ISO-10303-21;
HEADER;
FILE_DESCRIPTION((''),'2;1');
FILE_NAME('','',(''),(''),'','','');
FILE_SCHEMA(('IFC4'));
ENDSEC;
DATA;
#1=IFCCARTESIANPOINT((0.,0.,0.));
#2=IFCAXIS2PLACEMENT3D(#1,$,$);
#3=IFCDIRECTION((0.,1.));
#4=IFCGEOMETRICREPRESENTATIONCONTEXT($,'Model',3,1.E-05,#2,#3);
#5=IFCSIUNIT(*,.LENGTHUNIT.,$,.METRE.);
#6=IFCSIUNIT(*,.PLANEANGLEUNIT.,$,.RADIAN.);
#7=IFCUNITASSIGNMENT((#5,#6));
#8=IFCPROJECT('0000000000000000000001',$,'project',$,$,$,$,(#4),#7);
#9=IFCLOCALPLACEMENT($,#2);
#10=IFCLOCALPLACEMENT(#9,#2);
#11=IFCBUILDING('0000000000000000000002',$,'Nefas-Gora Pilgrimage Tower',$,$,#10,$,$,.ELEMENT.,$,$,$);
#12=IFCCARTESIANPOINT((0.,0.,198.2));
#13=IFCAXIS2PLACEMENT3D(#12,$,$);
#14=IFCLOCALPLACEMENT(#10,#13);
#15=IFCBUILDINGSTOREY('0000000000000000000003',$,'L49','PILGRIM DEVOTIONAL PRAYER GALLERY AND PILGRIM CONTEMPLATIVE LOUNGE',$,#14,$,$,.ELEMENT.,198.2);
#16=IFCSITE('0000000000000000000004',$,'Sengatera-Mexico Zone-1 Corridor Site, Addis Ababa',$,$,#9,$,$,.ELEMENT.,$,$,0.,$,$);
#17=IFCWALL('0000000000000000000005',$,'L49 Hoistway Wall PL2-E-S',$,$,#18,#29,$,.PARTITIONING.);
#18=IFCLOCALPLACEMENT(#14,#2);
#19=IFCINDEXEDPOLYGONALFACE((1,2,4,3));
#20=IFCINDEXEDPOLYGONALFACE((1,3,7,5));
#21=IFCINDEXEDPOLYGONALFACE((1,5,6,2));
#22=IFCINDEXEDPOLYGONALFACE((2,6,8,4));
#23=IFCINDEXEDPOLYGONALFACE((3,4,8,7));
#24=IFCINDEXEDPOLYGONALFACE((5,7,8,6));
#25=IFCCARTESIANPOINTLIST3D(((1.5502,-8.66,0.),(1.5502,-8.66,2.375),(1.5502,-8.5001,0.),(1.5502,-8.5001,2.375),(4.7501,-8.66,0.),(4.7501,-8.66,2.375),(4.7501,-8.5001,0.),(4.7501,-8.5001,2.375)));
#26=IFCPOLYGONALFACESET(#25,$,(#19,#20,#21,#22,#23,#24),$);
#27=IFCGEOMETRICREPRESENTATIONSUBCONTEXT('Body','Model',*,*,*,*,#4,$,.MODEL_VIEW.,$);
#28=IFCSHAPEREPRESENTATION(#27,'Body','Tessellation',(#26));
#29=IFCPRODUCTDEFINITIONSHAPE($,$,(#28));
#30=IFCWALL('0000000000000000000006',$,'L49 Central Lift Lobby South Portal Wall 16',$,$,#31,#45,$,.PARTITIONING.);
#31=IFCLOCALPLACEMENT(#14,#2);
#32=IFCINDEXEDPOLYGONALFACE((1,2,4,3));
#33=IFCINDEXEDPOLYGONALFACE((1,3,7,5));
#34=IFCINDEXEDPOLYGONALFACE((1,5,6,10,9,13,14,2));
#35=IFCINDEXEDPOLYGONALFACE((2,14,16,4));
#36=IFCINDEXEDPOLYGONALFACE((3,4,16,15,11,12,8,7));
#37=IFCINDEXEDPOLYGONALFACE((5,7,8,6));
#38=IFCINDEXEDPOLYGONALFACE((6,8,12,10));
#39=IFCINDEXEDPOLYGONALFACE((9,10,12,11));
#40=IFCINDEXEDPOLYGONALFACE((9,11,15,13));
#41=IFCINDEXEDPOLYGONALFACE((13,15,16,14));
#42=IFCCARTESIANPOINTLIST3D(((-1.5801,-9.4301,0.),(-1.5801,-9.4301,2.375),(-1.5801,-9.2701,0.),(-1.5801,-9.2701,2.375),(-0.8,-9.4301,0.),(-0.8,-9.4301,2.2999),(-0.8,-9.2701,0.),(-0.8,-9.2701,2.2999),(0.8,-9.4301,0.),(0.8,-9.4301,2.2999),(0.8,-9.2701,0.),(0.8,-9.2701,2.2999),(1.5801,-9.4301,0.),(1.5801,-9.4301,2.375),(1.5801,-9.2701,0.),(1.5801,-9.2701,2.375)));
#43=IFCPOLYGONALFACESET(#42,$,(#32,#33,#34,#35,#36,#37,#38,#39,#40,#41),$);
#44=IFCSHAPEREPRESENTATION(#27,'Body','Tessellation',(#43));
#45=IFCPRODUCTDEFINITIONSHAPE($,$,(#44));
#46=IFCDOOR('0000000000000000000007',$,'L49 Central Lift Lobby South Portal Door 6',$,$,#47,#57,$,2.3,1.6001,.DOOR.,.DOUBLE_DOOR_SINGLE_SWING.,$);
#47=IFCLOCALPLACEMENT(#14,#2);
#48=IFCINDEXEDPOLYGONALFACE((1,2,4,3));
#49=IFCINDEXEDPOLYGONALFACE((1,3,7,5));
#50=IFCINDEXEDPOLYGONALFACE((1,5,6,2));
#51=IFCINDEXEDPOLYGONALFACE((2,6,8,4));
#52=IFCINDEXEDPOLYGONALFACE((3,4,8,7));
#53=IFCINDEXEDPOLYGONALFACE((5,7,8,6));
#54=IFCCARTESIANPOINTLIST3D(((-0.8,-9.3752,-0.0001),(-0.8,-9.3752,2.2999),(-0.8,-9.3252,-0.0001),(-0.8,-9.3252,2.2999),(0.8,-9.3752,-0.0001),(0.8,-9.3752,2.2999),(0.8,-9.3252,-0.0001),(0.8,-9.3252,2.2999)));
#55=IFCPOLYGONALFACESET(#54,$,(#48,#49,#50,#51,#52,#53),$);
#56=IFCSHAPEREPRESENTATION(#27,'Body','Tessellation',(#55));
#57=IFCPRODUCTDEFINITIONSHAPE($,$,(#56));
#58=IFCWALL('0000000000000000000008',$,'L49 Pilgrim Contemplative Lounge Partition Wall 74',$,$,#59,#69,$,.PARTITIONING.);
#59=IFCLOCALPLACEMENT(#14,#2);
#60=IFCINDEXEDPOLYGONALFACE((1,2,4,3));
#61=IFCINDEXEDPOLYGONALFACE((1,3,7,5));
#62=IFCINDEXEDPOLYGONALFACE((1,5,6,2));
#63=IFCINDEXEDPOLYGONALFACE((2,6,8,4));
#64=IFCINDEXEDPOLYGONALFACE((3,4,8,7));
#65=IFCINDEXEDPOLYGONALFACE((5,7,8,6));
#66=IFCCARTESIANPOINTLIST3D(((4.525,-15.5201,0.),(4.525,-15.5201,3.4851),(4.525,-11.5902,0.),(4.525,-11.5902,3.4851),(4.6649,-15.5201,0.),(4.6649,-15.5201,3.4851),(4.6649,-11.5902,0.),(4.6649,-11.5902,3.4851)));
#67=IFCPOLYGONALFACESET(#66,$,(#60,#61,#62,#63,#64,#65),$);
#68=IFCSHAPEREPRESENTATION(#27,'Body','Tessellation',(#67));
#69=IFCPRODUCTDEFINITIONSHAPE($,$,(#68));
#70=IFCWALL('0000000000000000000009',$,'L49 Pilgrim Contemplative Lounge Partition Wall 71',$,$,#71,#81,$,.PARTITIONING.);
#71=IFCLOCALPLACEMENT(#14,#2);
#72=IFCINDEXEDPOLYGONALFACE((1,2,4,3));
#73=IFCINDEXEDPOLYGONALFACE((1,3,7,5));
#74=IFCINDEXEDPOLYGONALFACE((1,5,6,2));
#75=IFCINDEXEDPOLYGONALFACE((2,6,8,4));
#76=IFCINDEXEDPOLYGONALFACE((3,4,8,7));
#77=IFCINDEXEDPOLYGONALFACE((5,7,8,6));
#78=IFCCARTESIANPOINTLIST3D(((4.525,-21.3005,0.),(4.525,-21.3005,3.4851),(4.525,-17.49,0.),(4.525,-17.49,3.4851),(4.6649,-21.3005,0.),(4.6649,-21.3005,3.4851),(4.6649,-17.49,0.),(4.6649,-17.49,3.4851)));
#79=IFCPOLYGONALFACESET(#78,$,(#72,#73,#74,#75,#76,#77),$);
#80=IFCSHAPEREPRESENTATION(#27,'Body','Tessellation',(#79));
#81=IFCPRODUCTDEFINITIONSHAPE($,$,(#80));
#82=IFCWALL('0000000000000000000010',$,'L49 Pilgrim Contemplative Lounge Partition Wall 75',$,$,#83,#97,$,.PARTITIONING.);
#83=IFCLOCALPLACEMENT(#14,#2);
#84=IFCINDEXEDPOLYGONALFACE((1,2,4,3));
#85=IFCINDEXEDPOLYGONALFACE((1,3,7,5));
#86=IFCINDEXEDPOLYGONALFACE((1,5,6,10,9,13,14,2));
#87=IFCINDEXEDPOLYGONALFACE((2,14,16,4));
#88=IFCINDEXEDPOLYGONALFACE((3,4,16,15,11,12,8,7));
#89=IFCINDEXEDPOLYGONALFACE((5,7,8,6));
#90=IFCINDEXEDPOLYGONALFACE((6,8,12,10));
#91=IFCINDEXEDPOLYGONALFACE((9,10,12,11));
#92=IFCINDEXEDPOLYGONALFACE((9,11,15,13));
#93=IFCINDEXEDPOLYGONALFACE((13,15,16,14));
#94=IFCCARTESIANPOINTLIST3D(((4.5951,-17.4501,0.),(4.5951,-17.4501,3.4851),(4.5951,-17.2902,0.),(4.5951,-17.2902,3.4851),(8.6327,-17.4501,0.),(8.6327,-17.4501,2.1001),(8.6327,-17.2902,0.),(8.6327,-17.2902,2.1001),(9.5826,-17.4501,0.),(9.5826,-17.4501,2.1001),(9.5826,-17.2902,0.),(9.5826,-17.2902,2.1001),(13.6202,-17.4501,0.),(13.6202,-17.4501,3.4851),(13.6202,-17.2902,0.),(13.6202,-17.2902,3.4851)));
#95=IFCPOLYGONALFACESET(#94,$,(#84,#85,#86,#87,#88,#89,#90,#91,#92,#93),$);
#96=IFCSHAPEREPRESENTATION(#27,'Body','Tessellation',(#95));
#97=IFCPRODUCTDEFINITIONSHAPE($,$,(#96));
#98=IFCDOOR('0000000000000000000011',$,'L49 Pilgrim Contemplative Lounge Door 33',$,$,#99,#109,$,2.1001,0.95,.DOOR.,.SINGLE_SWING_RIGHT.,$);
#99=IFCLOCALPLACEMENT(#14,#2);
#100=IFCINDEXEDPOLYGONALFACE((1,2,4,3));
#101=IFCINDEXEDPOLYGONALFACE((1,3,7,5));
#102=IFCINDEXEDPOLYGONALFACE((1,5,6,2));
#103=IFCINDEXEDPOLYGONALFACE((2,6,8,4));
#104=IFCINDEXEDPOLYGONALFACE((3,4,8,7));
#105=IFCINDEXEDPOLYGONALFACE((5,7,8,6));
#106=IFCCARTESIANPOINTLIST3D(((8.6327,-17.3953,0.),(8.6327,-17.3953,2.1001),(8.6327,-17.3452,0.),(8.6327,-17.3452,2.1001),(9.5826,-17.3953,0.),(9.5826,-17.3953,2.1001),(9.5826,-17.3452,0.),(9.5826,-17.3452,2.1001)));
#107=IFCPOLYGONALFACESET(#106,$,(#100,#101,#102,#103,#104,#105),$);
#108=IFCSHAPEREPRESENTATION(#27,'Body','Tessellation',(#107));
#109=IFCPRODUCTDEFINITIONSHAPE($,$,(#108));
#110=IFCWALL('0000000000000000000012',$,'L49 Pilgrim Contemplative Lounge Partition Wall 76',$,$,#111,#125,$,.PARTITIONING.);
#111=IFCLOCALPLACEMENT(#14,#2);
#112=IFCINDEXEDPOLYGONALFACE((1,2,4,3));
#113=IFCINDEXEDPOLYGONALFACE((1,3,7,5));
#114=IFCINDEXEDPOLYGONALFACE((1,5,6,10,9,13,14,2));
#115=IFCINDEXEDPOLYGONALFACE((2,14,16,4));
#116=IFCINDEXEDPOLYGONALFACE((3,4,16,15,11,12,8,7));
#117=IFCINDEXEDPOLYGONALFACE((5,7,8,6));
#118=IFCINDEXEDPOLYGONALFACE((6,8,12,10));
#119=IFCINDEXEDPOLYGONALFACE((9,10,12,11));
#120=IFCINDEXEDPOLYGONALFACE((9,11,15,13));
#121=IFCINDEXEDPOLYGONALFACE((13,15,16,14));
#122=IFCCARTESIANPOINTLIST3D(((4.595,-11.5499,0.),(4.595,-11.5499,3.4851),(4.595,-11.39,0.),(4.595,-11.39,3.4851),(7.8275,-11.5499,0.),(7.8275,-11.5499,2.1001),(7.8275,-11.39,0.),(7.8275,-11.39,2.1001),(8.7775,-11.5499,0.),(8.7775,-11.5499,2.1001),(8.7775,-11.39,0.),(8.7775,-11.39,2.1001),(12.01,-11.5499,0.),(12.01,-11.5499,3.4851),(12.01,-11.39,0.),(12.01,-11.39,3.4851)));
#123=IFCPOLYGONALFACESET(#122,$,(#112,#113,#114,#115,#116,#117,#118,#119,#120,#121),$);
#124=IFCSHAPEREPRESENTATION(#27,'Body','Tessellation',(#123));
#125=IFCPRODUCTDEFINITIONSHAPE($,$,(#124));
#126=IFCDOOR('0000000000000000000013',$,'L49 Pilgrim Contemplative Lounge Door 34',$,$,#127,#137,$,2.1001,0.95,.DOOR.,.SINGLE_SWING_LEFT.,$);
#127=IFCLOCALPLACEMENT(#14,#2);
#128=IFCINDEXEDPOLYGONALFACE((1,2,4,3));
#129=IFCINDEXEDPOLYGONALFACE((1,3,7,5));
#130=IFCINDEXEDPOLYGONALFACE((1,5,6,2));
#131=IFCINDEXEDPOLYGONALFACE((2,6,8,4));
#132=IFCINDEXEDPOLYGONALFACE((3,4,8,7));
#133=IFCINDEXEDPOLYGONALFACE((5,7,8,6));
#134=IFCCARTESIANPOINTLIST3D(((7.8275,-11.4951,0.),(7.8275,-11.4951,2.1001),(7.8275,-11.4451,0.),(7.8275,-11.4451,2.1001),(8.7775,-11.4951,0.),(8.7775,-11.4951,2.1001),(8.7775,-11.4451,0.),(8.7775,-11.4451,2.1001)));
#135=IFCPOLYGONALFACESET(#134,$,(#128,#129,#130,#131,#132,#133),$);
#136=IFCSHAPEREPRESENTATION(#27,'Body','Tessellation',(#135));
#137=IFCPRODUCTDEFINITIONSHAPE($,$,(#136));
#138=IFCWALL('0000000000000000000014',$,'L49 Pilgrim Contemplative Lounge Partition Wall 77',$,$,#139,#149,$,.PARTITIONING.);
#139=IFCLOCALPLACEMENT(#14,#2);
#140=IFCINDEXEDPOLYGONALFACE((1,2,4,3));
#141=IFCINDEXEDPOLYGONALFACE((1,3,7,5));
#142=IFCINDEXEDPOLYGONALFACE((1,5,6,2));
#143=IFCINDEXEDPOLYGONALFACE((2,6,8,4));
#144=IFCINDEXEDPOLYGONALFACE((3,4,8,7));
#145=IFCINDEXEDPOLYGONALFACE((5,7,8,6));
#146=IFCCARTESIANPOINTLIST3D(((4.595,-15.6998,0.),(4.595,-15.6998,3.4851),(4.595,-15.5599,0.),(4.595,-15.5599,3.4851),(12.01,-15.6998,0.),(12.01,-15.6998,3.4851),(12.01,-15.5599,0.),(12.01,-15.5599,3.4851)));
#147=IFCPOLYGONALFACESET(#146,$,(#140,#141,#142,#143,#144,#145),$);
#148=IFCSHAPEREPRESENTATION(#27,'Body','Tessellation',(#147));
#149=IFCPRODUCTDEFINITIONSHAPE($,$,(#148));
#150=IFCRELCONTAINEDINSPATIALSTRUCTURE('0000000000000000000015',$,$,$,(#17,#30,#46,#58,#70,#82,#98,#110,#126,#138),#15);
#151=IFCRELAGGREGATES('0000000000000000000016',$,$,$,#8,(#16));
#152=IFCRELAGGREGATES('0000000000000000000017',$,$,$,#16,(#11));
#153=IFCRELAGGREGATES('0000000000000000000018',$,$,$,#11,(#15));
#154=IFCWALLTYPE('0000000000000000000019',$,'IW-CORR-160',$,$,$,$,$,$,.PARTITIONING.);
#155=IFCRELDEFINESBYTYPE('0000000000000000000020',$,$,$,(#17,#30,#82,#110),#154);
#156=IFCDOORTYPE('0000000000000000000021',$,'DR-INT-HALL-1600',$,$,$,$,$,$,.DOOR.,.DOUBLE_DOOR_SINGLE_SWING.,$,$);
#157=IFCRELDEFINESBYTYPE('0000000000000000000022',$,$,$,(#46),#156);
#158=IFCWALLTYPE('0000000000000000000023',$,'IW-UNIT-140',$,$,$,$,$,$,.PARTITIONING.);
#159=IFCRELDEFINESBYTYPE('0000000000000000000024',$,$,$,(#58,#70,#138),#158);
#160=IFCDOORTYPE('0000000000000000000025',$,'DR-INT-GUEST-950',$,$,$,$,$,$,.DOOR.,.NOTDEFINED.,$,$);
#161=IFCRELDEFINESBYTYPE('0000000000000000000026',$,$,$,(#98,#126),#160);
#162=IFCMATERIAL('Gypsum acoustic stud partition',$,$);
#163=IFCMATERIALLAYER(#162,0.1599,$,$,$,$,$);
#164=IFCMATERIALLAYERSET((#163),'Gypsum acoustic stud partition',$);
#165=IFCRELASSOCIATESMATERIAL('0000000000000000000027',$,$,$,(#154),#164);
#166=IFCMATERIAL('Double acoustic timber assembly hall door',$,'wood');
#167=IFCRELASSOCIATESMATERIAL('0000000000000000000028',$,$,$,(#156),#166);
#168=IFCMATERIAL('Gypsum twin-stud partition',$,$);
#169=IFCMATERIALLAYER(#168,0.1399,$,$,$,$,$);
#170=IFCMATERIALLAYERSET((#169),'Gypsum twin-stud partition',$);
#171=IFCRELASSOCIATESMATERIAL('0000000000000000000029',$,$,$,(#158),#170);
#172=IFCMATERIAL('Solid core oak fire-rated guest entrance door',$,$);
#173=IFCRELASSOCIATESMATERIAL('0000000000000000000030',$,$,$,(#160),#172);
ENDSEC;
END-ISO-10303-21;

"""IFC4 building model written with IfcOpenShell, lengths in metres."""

from ifc_helpers import new_model, si_unit, direction, frame, frame_2d, origin, place, context, subcontext, project, spatial, rectangle, extrude, source, transform, mapped, material, layer, layer_set, type_object, element, fill, save


model = new_model("IFC4")

# Units and contexts
model_context = context("Model", 3, precision=1e-05, world=origin(), true_north=direction((0.0, 1.0)))
body_context = subcontext(model_context, "Body", "Model", "MODEL_VIEW")
ifc_project = project(units=[si_unit("LENGTHUNIT", "METRE"), si_unit("PLANEANGLEUNIT", "RADIAN")], contexts=[model_context])

# Site, building, storey
site_placement = place(None, origin())
site = spatial("IfcSite", under=ifc_project, at=site_placement, Name="Sengatera-Mexico Zone-1 Corridor Site, Addis Ababa", CompositionType="ELEMENT", RefElevation=0.0)
building_placement = place(site_placement, origin())
building = spatial("IfcBuilding", under=site, at=building_placement, Name="Nefas-Gora Pilgrimage Tower", CompositionType="ELEMENT")
storey_placement = place(building_placement, frame((0.0, 0.0, 198.2)))
storey = spatial("IfcBuildingStorey", under=building, at=storey_placement, Name="L49", Description="PILGRIM DEVOTIONAL PRAYER GALLERY AND PILGRIM CONTEMPLATIVE LOUNGE", CompositionType="ELEMENT", Elevation=198.2)

# Wall
ifc_material_1 = material(Name="Gypsum acoustic stud partition")
ifc_layer_1 = layer(ifc_material_1, 0.1599)
ifc_layer_set_1 = layer_set([ifc_layer_1], Name="Gypsum acoustic stud partition")
wall_type_1 = type_object("IfcWallType", Name="IW-CORR-160", PredefinedType="PARTITIONING", material=ifc_layer_set_1)
shared_shape_1 = source(origin(), body_context, "Body", "SweptSolid", [
    extrude(rectangle(XDim=3.2, YDim=0.1599, at=frame_2d((1.6001, 0.0))), origin(), (0.0, 0.0, 1.0), 2.375),
])
wall_1_placement = place(storey_placement, frame((1.55, -8.5801, 0.0), z_axis=(0.0, 0.0, 1.0), x_axis=(1.0, 0.0, 0.0)))
element("IfcWall", 1, at=wall_1_placement, inside=storey, type_object=wall_type_1, Name="L49 Hoistway Wall PL2-E-S", PredefinedType="PARTITIONING", context=body_context, shape_type="MappedRepresentation", body=[
    mapped(shared_shape_1, transform((0.0, 0.0, 0.0), x_axis=(1.0, 0.0, 0.0), y_axis=(0.0, 1.0, 0.0), z_axis=(0.0, 0.0, 1.0), scale=1.0)),
])

# Wall, opening, door
shared_shape_2 = source(origin(), body_context, "Body", "SweptSolid", [
    extrude(rectangle(XDim=3.1602, YDim=0.1599, at=frame_2d((1.5801, 0.0))), origin(), (0.0, 0.0, 1.0), 2.375),
])
wall_2_placement = place(storey_placement, frame((-1.5801, -9.3501, 0.0), z_axis=(0.0, 0.0, 1.0), x_axis=(1.0, 0.0, 0.0)))
wall_2 = element("IfcWall", 2, at=wall_2_placement, inside=storey, type_object=wall_type_1, Name="L49 Central Lift Lobby South Portal Wall 16", PredefinedType="PARTITIONING", context=body_context, shape_type="MappedRepresentation", body=[
    mapped(shared_shape_2, transform((0.0, 0.0, 0.0), x_axis=(1.0, 0.0, 0.0), y_axis=(0.0, 1.0, 0.0), z_axis=(0.0, 0.0, 1.0), scale=1.0)),
])
opening_1_placement = place(wall_2_placement, frame((0.78, 0.0, 0.0)))
opening_1 = element("IfcOpeningElement", 3, at=opening_1_placement, cuts=wall_2, PredefinedType="OPENING", context=body_context, shape_type="SweptSolid", body=[
    extrude(rectangle(XDim=1.6001, YDim=2.3, at=frame_2d((0.8, 1.1499))), frame((0.0, 0.0898, 0.0), z_axis=(0.0, -1.0, 0.0), x_axis=(1.0, 0.0, 0.0)), (0.0, 0.0, 1.0), 0.1799),
])
ifc_material_2 = material(Name="Double acoustic timber assembly hall door", Category="wood")
door_type_1 = type_object("IfcDoorType", Name="DR-INT-HALL-1600", OperationType="DOUBLE_DOOR_SINGLE_SWING", PredefinedType="DOOR", material=ifc_material_2)
shared_shape_3 = source(origin(), body_context, "Body", "SweptSolid", [
    extrude(rectangle(XDim=1.6001, YDim=2.3, at=frame_2d((0.8, 1.1499))), frame((0.0, 0.0249, 0.0), z_axis=(0.0, -1.0, 0.0), x_axis=(1.0, 0.0, 0.0)), (0.0, 0.0, 1.0), 0.05),
])
door_1_placement = place(opening_1_placement, origin())
door_1 = element("IfcDoor", 4, at=door_1_placement, inside=storey, type_object=door_type_1, Name="L49 Central Lift Lobby South Portal Door 6", OperationType="DOUBLE_DOOR_SINGLE_SWING", OverallHeight=2.3, OverallWidth=1.6001, PredefinedType="DOOR", context=body_context, shape_type="MappedRepresentation", body=[
    mapped(shared_shape_3, transform((0.0, 0.0, 0.0), x_axis=(1.0, 0.0, 0.0), y_axis=(0.0, 1.0, 0.0), z_axis=(0.0, 0.0, 1.0), scale=1.0)),
])
fill(opening_1, door_1)

# Walls
ifc_material_3 = material(Name="Gypsum twin-stud partition")
ifc_layer_2 = layer(ifc_material_3, 0.1399)
ifc_layer_set_2 = layer_set([ifc_layer_2], Name="Gypsum twin-stud partition")
wall_type_2 = type_object("IfcWallType", Name="IW-UNIT-140", PredefinedType="PARTITIONING", material=ifc_layer_set_2)
shared_shape_4 = source(origin(), body_context, "Body", "SweptSolid", [
    extrude(rectangle(XDim=3.9299, YDim=0.1399, at=frame_2d((1.9648, 0.0))), origin(), (0.0, 0.0, 1.0), 3.4851),
])
wall_3_placement = place(storey_placement, frame((4.595, -15.52, 0.0), z_axis=(0.0, 0.0, 1.0), x_axis=(0.0, 1.0, 0.0)))
element("IfcWall", 5, at=wall_3_placement, inside=storey, type_object=wall_type_2, Name="L49 Pilgrim Contemplative Lounge Partition Wall 74", PredefinedType="PARTITIONING", context=body_context, shape_type="MappedRepresentation", body=[
    mapped(shared_shape_4, transform((0.0, 0.0, 0.0), x_axis=(1.0, 0.0, 0.0), y_axis=(0.0, 1.0, 0.0), z_axis=(0.0, 0.0, 1.0), scale=1.0)),
])
shared_shape_5 = source(origin(), body_context, "Body", "SweptSolid", [
    extrude(rectangle(XDim=3.8105, YDim=0.1399, at=frame_2d((1.9053, 0.0))), origin(), (0.0, 0.0, 1.0), 3.4851),
])
wall_4_placement = place(storey_placement, frame((4.595, -21.3005, 0.0), z_axis=(0.0, 0.0, 1.0), x_axis=(0.0, 1.0, 0.0)))
element("IfcWall", 6, at=wall_4_placement, inside=storey, type_object=wall_type_2, Name="L49 Pilgrim Contemplative Lounge Partition Wall 71", PredefinedType="PARTITIONING", context=body_context, shape_type="MappedRepresentation", body=[
    mapped(shared_shape_5, transform((0.0, 0.0, 0.0), x_axis=(1.0, 0.0, 0.0), y_axis=(0.0, 1.0, 0.0), z_axis=(0.0, 0.0, 1.0), scale=1.0)),
])

# Walls, openings, doors
shared_shape_6 = source(origin(), body_context, "Body", "SweptSolid", [
    extrude(rectangle(XDim=9.0251, YDim=0.1599, at=frame_2d((4.5127, 0.0))), origin(), (0.0, 0.0, 1.0), 3.4851),
])
wall_5_placement = place(storey_placement, frame((4.595, -17.3701, 0.0), z_axis=(0.0, 0.0, 1.0), x_axis=(1.0, 0.0, 0.0)))
wall_5 = element("IfcWall", 7, at=wall_5_placement, inside=storey, type_object=wall_type_1, Name="L49 Pilgrim Contemplative Lounge Partition Wall 75", PredefinedType="PARTITIONING", context=body_context, shape_type="MappedRepresentation", body=[
    mapped(shared_shape_6, transform((0.0, 0.0, 0.0), x_axis=(1.0, 0.0, 0.0), y_axis=(0.0, 1.0, 0.0), z_axis=(0.0, 0.0, 1.0), scale=1.0)),
])
opening_2_placement = place(wall_5_placement, frame((4.0376, 0.0, 0.0)))
opening_2 = element("IfcOpeningElement", 8, at=opening_2_placement, cuts=wall_5, PredefinedType="OPENING", context=body_context, shape_type="SweptSolid", body=[
    extrude(rectangle(XDim=0.95, YDim=2.1001, at=frame_2d((0.4751, 1.05))), frame((0.0, 0.0898, 0.0), z_axis=(0.0, -1.0, 0.0), x_axis=(1.0, 0.0, 0.0)), (0.0, 0.0, 1.0), 0.1799),
])
ifc_material_4 = material(Name="Solid core oak fire-rated guest entrance door")
door_type_2 = type_object("IfcDoorType", Name="DR-INT-GUEST-950", OperationType="NOTDEFINED", PredefinedType="DOOR", material=ifc_material_4)
shared_shape_7 = source(origin(), body_context, "Body", "SweptSolid", [
    extrude(rectangle(XDim=0.95, YDim=2.1001, at=frame_2d((0.4751, 1.05))), frame((0.0, 0.0249, 0.0), z_axis=(0.0, -1.0, 0.0), x_axis=(1.0, 0.0, 0.0)), (0.0, 0.0, 1.0), 0.05),
])
door_2_placement = place(opening_2_placement, origin())
door_2 = element("IfcDoor", 9, at=door_2_placement, inside=storey, type_object=door_type_2, Name="L49 Pilgrim Contemplative Lounge Door 33", OperationType="SINGLE_SWING_RIGHT", OverallHeight=2.1001, OverallWidth=0.95, PredefinedType="DOOR", context=body_context, shape_type="MappedRepresentation", body=[
    mapped(shared_shape_7, transform((0.0, 0.0, 0.0), x_axis=(1.0, 0.0, 0.0), y_axis=(0.0, 1.0, 0.0), z_axis=(0.0, 0.0, 1.0), scale=1.0)),
])
fill(opening_2, door_2)
shared_shape_8 = source(origin(), body_context, "Body", "SweptSolid", [
    extrude(rectangle(XDim=7.415, YDim=0.1599, at=frame_2d((3.7075, 0.0))), origin(), (0.0, 0.0, 1.0), 3.4851),
])
wall_6_placement = place(storey_placement, frame((4.595, -11.47, 0.0), z_axis=(0.0, 0.0, 1.0), x_axis=(1.0, 0.0, 0.0)))
wall_6 = element("IfcWall", 10, at=wall_6_placement, inside=storey, type_object=wall_type_1, Name="L49 Pilgrim Contemplative Lounge Partition Wall 76", PredefinedType="PARTITIONING", context=body_context, shape_type="MappedRepresentation", body=[
    mapped(shared_shape_8, transform((0.0, 0.0, 0.0), x_axis=(1.0, 0.0, 0.0), y_axis=(0.0, 1.0, 0.0), z_axis=(0.0, 0.0, 1.0), scale=1.0)),
])
opening_3_placement = place(wall_6_placement, frame((3.2324, 0.0, 0.0)))
opening_3 = element("IfcOpeningElement", 11, at=opening_3_placement, cuts=wall_6, PredefinedType="OPENING", context=body_context, shape_type="SweptSolid", body=[
    extrude(rectangle(XDim=0.95, YDim=2.1001, at=frame_2d((0.4751, 1.05))), frame((0.0, 0.0898, 0.0), z_axis=(0.0, -1.0, 0.0), x_axis=(1.0, 0.0, 0.0)), (0.0, 0.0, 1.0), 0.1799),
])
door_3_placement = place(opening_3_placement, origin())
door_3 = element("IfcDoor", 12, at=door_3_placement, inside=storey, type_object=door_type_2, Name="L49 Pilgrim Contemplative Lounge Door 34", OperationType="SINGLE_SWING_LEFT", OverallHeight=2.1001, OverallWidth=0.95, PredefinedType="DOOR", context=body_context, shape_type="MappedRepresentation", body=[
    mapped(shared_shape_7, transform((0.0, 0.0, 0.0), x_axis=(1.0, 0.0, 0.0), y_axis=(0.0, 1.0, 0.0), z_axis=(0.0, 0.0, 1.0), scale=1.0)),
])
fill(opening_3, door_3)

# Wall
shared_shape_9 = source(origin(), body_context, "Body", "SweptSolid", [
    extrude(rectangle(XDim=7.415, YDim=0.1399, at=frame_2d((3.7075, 0.0))), origin(), (0.0, 0.0, 1.0), 3.4851),
])
wall_7_placement = place(storey_placement, frame((4.595, -15.6299, 0.0), z_axis=(0.0, 0.0, 1.0), x_axis=(1.0, 0.0, 0.0)))
element("IfcWall", 13, at=wall_7_placement, inside=storey, type_object=wall_type_2, Name="L49 Pilgrim Contemplative Lounge Partition Wall 77", PredefinedType="PARTITIONING", context=body_context, shape_type="MappedRepresentation", body=[
    mapped(shared_shape_9, transform((0.0, 0.0, 0.0), x_axis=(1.0, 0.0, 0.0), y_axis=(0.0, 1.0, 0.0), z_axis=(0.0, 0.0, 1.0), scale=1.0)),
])

save(model, "model.ifc")
